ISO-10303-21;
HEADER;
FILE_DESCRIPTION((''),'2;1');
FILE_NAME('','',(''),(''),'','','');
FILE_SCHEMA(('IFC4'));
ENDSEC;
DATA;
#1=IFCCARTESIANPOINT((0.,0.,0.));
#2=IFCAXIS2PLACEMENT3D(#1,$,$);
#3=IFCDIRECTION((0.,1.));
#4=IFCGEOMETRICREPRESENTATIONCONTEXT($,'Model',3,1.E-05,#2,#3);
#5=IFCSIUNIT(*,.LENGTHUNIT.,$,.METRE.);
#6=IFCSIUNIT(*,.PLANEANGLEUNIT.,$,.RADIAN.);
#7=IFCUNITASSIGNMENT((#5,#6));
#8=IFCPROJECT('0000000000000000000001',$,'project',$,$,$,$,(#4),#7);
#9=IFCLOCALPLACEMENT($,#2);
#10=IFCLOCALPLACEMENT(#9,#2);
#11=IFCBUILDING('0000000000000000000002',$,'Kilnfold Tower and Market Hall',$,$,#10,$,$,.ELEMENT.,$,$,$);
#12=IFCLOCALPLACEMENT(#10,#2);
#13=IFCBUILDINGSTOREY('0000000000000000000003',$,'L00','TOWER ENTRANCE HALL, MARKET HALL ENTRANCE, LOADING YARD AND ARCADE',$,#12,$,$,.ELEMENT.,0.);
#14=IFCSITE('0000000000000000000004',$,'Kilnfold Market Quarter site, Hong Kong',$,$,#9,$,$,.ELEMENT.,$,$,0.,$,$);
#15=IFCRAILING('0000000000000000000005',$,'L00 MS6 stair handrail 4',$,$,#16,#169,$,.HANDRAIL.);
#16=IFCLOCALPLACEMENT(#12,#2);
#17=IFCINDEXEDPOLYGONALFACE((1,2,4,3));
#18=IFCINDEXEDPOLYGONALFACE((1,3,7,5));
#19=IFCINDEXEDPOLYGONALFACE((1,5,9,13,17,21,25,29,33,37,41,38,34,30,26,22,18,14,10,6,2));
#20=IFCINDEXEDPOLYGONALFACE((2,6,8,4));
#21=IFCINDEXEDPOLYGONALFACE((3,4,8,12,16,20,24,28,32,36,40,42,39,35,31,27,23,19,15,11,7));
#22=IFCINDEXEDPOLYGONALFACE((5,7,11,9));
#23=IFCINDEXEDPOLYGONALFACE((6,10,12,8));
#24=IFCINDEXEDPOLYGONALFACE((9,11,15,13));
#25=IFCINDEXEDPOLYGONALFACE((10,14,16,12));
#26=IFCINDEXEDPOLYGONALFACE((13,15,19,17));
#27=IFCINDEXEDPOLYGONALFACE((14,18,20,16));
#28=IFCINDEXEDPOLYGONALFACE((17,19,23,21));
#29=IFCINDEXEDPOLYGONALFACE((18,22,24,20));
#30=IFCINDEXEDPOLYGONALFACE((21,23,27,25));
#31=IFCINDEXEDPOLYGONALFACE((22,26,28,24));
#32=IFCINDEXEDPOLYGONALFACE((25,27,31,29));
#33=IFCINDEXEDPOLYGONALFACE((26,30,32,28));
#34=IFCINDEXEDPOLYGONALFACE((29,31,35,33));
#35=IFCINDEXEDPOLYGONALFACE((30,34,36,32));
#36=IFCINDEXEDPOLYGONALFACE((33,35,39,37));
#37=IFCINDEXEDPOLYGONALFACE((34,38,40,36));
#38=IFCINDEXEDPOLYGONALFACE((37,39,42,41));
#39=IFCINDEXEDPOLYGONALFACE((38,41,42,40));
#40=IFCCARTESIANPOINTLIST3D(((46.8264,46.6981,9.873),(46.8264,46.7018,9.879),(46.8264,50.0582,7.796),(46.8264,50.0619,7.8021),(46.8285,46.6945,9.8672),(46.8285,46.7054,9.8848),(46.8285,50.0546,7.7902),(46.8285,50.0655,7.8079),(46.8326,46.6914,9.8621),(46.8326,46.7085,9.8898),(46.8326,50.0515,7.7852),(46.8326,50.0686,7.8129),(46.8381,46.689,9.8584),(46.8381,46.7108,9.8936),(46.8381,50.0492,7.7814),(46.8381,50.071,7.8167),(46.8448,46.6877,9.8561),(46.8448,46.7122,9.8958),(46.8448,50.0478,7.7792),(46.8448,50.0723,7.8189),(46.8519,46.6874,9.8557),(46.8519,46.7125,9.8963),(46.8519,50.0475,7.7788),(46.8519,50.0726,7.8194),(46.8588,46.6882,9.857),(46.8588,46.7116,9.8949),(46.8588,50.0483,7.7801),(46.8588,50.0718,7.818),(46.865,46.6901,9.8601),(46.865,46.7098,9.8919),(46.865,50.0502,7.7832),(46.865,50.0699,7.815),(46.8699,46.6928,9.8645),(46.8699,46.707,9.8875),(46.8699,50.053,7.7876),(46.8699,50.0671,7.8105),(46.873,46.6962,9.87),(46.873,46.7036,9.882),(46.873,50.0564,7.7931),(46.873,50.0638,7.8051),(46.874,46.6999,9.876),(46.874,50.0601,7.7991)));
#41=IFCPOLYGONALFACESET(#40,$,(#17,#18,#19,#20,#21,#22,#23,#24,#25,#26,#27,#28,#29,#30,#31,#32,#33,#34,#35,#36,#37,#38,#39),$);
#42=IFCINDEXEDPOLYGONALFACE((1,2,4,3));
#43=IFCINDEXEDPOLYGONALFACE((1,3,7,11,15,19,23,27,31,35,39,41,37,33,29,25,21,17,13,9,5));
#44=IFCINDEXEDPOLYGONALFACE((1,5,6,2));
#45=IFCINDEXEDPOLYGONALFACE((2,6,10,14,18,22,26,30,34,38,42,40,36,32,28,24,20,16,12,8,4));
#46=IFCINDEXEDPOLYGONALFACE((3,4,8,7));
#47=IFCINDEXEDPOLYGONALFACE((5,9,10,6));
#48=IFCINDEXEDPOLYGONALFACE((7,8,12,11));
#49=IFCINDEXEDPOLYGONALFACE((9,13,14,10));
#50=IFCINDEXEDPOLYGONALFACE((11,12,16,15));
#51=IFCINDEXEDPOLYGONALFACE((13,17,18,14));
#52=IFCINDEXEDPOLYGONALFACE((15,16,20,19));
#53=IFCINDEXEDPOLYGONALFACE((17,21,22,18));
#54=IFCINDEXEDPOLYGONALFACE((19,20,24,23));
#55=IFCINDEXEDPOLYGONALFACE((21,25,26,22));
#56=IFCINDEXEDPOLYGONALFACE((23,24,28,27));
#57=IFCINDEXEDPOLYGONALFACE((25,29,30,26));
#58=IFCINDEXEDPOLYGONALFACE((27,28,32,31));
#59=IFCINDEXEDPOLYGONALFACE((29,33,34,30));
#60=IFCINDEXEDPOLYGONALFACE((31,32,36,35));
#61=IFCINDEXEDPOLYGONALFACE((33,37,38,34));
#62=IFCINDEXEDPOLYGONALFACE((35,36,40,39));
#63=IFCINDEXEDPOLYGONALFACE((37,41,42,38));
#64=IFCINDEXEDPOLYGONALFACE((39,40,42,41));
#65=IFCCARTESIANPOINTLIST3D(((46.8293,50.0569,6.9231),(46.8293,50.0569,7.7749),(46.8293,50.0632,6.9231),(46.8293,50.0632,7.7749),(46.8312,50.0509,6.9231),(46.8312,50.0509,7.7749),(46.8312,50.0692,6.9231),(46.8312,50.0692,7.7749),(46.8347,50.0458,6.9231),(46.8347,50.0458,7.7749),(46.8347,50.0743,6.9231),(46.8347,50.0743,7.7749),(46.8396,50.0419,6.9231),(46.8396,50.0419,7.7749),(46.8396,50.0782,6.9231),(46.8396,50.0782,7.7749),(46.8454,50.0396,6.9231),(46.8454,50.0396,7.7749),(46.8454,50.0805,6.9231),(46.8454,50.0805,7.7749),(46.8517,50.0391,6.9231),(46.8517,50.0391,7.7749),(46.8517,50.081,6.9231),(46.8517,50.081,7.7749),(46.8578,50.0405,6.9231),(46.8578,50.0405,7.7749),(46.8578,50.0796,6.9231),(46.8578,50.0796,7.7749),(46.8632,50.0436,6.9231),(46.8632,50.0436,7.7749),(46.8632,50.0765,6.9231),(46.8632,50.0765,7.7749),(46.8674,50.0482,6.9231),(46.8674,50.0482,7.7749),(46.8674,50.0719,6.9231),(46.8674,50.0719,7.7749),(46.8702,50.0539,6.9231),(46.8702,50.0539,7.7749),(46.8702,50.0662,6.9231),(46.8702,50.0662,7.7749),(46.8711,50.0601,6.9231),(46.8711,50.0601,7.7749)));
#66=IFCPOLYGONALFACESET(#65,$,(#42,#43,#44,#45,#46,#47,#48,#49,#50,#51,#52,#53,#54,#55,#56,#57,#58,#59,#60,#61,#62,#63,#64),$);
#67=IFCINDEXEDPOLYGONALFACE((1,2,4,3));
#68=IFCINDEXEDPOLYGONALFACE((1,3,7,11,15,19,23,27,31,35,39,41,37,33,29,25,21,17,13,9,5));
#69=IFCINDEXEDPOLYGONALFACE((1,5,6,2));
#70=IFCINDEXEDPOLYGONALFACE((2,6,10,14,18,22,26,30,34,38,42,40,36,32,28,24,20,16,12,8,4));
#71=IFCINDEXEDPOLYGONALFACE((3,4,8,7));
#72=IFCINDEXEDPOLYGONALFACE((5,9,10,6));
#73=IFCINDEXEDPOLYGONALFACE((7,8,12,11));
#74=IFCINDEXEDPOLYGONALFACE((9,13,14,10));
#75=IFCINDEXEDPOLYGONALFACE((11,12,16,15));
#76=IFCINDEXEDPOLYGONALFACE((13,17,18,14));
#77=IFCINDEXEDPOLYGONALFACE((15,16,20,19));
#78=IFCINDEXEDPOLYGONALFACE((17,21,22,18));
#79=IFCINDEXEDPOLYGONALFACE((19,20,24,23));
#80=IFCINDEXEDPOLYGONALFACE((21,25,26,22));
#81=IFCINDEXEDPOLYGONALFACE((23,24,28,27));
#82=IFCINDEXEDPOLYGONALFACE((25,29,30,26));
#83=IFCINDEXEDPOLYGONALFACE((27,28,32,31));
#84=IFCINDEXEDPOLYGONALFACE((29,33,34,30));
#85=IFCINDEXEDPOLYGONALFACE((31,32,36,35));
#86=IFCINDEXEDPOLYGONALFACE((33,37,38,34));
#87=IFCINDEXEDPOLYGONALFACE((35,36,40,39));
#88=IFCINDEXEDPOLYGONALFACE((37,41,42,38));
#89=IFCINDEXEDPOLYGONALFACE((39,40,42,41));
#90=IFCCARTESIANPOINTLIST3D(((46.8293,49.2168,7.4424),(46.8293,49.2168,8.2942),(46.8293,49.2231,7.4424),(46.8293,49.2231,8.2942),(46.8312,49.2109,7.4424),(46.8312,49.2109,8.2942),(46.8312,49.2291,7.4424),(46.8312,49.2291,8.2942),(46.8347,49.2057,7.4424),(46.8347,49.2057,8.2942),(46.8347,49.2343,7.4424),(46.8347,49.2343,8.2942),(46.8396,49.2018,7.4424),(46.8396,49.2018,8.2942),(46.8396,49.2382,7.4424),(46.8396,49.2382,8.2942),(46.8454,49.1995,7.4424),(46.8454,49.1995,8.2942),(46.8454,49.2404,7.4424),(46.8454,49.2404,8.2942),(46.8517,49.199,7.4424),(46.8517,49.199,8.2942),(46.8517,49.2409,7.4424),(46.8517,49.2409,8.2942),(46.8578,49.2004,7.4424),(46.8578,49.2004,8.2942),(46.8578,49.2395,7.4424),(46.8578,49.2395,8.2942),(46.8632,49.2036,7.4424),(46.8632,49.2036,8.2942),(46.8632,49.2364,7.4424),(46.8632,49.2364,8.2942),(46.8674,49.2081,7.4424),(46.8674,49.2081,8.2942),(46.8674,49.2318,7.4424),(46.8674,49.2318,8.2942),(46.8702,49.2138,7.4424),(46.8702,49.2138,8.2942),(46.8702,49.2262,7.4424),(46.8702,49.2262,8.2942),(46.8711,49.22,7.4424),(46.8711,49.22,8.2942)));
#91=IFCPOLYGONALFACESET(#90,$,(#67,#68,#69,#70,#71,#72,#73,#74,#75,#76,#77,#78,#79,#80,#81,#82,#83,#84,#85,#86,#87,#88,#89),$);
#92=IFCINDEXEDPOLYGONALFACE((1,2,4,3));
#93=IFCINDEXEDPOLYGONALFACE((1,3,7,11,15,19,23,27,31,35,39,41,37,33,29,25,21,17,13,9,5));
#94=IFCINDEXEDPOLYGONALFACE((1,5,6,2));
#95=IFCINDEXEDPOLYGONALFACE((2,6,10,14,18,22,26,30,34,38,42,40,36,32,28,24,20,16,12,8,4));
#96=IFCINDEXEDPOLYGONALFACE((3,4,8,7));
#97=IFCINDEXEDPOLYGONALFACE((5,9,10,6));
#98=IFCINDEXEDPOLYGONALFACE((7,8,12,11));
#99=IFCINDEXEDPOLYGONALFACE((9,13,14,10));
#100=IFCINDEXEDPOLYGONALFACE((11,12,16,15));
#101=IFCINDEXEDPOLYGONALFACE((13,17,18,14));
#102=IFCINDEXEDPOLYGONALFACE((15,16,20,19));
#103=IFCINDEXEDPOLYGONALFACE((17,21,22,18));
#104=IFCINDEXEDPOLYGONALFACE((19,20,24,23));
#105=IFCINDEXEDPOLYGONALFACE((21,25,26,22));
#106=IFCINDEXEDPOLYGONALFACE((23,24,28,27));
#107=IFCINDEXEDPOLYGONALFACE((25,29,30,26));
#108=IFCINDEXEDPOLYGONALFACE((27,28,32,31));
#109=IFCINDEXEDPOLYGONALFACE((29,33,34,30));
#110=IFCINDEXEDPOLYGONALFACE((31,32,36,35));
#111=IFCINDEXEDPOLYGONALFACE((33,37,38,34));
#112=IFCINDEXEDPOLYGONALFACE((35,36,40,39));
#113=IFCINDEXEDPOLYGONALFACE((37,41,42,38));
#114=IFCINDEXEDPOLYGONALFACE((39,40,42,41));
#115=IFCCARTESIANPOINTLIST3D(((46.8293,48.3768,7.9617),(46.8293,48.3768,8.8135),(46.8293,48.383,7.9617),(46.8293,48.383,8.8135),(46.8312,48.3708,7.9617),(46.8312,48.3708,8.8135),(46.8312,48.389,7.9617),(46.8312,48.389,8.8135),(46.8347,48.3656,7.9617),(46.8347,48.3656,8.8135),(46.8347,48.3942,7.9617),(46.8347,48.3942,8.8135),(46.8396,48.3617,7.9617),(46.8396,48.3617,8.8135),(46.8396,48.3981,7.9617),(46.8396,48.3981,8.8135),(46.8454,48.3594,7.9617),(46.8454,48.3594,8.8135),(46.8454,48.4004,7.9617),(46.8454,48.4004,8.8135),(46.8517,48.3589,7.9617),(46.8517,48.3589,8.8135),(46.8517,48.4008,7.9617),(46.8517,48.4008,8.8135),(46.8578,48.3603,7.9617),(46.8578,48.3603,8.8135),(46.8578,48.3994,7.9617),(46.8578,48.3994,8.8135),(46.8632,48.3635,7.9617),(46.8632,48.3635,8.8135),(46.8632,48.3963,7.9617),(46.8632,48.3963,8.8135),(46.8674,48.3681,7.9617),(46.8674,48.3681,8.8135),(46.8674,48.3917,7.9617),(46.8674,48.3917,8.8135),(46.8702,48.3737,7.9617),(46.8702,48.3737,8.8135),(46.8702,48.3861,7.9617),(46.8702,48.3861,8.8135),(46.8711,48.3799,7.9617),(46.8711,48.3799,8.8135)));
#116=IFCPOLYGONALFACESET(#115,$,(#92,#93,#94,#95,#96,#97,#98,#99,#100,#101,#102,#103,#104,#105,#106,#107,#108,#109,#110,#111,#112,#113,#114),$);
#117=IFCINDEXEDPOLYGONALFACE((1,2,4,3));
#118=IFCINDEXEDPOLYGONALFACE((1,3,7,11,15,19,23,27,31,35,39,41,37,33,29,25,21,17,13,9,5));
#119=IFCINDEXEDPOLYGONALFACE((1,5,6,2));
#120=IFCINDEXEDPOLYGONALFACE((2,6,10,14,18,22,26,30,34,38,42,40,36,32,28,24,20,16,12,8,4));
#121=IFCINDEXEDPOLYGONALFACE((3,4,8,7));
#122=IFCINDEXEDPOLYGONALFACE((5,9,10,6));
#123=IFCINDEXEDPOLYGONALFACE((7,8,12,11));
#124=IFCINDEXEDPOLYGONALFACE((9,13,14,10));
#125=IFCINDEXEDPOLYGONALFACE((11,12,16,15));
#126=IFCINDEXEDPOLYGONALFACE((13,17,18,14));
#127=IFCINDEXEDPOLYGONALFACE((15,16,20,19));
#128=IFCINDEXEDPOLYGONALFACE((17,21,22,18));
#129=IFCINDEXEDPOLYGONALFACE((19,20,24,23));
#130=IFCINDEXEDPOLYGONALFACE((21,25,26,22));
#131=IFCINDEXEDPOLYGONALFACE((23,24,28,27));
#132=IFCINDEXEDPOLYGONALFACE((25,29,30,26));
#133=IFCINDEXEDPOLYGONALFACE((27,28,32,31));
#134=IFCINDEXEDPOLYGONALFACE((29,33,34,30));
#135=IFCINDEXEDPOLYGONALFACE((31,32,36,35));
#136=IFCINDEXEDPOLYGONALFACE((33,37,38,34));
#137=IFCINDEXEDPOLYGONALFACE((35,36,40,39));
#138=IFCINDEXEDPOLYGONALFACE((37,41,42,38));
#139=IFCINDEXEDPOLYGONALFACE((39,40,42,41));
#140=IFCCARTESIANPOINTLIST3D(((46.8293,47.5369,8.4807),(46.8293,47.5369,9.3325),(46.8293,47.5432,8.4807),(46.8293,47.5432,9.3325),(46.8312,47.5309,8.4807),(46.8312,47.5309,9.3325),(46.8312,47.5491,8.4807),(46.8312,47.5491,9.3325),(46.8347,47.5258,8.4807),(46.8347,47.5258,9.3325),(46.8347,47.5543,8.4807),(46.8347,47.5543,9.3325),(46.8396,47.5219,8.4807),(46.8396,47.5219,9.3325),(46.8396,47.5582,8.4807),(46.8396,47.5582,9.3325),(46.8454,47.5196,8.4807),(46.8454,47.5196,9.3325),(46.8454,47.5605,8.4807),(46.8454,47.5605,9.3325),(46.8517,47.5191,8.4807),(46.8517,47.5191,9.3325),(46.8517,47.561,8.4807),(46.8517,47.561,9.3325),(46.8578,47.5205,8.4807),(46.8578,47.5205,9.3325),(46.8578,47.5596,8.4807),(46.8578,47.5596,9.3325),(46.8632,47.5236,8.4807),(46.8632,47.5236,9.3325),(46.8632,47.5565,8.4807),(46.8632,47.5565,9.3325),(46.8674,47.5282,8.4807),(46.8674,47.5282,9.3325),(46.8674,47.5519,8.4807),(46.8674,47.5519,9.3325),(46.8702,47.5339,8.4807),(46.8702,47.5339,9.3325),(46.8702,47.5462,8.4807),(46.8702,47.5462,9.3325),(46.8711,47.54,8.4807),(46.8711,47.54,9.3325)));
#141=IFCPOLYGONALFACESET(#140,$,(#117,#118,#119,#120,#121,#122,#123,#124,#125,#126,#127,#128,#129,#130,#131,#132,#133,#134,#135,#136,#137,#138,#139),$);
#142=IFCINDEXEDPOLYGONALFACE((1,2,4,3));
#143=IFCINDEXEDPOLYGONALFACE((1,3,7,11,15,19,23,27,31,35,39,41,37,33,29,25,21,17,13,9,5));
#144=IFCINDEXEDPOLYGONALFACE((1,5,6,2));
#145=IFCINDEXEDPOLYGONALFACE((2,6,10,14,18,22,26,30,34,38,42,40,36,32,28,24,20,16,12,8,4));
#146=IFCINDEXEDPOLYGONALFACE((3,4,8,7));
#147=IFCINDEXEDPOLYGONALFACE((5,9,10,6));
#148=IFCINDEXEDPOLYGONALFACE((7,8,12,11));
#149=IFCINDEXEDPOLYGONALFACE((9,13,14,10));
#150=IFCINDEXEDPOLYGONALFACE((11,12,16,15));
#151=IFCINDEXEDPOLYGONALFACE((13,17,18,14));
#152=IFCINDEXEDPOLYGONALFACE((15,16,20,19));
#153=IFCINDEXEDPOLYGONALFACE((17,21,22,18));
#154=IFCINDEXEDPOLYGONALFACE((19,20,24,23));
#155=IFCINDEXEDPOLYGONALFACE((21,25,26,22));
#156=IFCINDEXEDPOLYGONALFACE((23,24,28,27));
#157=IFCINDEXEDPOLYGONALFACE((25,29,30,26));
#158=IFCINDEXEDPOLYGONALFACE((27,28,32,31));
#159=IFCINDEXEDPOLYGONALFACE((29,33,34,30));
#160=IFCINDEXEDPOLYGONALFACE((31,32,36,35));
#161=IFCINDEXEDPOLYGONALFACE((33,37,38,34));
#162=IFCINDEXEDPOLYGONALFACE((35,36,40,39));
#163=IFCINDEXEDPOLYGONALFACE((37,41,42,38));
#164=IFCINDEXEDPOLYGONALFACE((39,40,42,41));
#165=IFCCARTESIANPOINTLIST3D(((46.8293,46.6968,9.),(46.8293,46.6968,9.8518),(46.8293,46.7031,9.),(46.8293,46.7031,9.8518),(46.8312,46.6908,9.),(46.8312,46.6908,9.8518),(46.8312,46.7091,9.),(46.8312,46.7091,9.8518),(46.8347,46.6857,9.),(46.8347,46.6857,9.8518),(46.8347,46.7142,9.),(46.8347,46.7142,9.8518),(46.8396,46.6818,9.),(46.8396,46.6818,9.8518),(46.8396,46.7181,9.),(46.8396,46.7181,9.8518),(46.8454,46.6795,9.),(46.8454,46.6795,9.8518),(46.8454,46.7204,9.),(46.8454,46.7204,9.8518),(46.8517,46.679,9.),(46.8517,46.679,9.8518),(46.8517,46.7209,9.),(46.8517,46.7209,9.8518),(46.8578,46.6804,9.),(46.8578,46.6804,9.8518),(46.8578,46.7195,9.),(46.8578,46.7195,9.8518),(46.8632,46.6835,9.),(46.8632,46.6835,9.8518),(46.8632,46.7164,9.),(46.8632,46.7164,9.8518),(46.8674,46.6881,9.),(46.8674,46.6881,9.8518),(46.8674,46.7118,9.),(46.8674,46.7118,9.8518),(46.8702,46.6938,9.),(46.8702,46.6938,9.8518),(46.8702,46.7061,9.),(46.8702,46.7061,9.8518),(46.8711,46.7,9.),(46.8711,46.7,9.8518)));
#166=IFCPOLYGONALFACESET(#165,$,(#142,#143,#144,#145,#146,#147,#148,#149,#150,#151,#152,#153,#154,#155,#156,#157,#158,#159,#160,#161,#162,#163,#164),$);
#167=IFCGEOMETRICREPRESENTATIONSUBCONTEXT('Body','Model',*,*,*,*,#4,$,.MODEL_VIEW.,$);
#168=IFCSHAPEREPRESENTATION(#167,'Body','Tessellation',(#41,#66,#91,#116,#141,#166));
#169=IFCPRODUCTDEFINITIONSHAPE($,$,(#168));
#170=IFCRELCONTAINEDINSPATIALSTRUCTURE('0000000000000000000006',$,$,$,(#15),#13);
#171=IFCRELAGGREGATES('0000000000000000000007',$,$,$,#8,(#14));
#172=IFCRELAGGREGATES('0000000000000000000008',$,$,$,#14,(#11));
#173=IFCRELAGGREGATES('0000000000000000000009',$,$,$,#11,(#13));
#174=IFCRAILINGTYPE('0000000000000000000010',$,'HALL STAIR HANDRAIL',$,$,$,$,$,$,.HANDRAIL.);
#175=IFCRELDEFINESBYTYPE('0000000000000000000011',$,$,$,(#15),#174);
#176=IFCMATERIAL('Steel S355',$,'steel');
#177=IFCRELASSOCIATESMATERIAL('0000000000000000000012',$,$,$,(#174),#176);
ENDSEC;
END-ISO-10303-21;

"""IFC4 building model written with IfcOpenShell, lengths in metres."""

from ifc_helpers import new_model, si_unit, direction, frame, origin, origin_2d, place, context, subcontext, project, spatial, circle, extrude, material, type_object, element, save


model = new_model("IFC4")

# Units and contexts
model_context = context("Model", 3, precision=1e-05, world=origin(), true_north=direction((0.0, 1.0)))
body_context = subcontext(model_context, "Body", "Model", "MODEL_VIEW")
ifc_project = project(units=[si_unit("LENGTHUNIT", "METRE"), si_unit("PLANEANGLEUNIT", "RADIAN")], contexts=[model_context])

# Site, building, storey
site_placement = place(None, origin())
site = spatial("IfcSite", under=ifc_project, at=site_placement, Name="Kilnfold Market Quarter site, Hong Kong", CompositionType="ELEMENT", RefElevation=0.0)
building_placement = place(site_placement, origin())
building = spatial("IfcBuilding", under=site, at=building_placement, Name="Kilnfold Tower and Market Hall", CompositionType="ELEMENT")
storey_placement = place(building_placement, origin())
storey = spatial("IfcBuildingStorey", under=building, at=storey_placement, Name="L00", Description="TOWER ENTRANCE HALL, MARKET HALL ENTRANCE, LOADING YARD AND ARCADE", CompositionType="ELEMENT", Elevation=0.0)

# Railing
ifc_material_1 = material(Name="Steel S355", Category="steel")
railing_type_1 = type_object("IfcRailingType", Name="HALL STAIR HANDRAIL", PredefinedType="HANDRAIL", material=ifc_material_1)
railing_1_placement = place(storey_placement, frame((46.8501, 50.0601, 6.9231)))
element("IfcRailing", 1, at=railing_1_placement, inside=storey, type_object=railing_type_1, Name="L00 MS6 stair handrail 4", PredefinedType="HANDRAIL", context=body_context, shape_type="SweptSolid", body=[
    extrude(circle(Radius=0.0239, at=origin_2d()), frame((0.0, 0.0, 0.876), z_axis=(0.0, -0.850623, 0.525776), x_axis=(1.0, 0.0, 0.0)), (0.0, 0.0, 1.0), 3.9502),
    extrude(circle(Radius=0.021, at=origin_2d()), origin(), (0.0, 0.0, 1.0), 0.8518),
    extrude(circle(Radius=0.021, at=origin_2d()), frame((0.0, -0.8401, 0.5193)), (0.0, 0.0, 1.0), 0.8518),
    extrude(circle(Radius=0.021, at=origin_2d()), frame((0.0, -1.6802, 1.0386)), (0.0, 0.0, 1.0), 0.8518),
    extrude(circle(Radius=0.021, at=origin_2d()), frame((0.0, -2.52, 1.5576)), (0.0, 0.0, 1.0), 0.8518),
    extrude(circle(Radius=0.021, at=origin_2d()), frame((0.0, -3.3601, 2.0769)), (0.0, 0.0, 1.0), 0.8518),
])

save(model, "model.ifc")
